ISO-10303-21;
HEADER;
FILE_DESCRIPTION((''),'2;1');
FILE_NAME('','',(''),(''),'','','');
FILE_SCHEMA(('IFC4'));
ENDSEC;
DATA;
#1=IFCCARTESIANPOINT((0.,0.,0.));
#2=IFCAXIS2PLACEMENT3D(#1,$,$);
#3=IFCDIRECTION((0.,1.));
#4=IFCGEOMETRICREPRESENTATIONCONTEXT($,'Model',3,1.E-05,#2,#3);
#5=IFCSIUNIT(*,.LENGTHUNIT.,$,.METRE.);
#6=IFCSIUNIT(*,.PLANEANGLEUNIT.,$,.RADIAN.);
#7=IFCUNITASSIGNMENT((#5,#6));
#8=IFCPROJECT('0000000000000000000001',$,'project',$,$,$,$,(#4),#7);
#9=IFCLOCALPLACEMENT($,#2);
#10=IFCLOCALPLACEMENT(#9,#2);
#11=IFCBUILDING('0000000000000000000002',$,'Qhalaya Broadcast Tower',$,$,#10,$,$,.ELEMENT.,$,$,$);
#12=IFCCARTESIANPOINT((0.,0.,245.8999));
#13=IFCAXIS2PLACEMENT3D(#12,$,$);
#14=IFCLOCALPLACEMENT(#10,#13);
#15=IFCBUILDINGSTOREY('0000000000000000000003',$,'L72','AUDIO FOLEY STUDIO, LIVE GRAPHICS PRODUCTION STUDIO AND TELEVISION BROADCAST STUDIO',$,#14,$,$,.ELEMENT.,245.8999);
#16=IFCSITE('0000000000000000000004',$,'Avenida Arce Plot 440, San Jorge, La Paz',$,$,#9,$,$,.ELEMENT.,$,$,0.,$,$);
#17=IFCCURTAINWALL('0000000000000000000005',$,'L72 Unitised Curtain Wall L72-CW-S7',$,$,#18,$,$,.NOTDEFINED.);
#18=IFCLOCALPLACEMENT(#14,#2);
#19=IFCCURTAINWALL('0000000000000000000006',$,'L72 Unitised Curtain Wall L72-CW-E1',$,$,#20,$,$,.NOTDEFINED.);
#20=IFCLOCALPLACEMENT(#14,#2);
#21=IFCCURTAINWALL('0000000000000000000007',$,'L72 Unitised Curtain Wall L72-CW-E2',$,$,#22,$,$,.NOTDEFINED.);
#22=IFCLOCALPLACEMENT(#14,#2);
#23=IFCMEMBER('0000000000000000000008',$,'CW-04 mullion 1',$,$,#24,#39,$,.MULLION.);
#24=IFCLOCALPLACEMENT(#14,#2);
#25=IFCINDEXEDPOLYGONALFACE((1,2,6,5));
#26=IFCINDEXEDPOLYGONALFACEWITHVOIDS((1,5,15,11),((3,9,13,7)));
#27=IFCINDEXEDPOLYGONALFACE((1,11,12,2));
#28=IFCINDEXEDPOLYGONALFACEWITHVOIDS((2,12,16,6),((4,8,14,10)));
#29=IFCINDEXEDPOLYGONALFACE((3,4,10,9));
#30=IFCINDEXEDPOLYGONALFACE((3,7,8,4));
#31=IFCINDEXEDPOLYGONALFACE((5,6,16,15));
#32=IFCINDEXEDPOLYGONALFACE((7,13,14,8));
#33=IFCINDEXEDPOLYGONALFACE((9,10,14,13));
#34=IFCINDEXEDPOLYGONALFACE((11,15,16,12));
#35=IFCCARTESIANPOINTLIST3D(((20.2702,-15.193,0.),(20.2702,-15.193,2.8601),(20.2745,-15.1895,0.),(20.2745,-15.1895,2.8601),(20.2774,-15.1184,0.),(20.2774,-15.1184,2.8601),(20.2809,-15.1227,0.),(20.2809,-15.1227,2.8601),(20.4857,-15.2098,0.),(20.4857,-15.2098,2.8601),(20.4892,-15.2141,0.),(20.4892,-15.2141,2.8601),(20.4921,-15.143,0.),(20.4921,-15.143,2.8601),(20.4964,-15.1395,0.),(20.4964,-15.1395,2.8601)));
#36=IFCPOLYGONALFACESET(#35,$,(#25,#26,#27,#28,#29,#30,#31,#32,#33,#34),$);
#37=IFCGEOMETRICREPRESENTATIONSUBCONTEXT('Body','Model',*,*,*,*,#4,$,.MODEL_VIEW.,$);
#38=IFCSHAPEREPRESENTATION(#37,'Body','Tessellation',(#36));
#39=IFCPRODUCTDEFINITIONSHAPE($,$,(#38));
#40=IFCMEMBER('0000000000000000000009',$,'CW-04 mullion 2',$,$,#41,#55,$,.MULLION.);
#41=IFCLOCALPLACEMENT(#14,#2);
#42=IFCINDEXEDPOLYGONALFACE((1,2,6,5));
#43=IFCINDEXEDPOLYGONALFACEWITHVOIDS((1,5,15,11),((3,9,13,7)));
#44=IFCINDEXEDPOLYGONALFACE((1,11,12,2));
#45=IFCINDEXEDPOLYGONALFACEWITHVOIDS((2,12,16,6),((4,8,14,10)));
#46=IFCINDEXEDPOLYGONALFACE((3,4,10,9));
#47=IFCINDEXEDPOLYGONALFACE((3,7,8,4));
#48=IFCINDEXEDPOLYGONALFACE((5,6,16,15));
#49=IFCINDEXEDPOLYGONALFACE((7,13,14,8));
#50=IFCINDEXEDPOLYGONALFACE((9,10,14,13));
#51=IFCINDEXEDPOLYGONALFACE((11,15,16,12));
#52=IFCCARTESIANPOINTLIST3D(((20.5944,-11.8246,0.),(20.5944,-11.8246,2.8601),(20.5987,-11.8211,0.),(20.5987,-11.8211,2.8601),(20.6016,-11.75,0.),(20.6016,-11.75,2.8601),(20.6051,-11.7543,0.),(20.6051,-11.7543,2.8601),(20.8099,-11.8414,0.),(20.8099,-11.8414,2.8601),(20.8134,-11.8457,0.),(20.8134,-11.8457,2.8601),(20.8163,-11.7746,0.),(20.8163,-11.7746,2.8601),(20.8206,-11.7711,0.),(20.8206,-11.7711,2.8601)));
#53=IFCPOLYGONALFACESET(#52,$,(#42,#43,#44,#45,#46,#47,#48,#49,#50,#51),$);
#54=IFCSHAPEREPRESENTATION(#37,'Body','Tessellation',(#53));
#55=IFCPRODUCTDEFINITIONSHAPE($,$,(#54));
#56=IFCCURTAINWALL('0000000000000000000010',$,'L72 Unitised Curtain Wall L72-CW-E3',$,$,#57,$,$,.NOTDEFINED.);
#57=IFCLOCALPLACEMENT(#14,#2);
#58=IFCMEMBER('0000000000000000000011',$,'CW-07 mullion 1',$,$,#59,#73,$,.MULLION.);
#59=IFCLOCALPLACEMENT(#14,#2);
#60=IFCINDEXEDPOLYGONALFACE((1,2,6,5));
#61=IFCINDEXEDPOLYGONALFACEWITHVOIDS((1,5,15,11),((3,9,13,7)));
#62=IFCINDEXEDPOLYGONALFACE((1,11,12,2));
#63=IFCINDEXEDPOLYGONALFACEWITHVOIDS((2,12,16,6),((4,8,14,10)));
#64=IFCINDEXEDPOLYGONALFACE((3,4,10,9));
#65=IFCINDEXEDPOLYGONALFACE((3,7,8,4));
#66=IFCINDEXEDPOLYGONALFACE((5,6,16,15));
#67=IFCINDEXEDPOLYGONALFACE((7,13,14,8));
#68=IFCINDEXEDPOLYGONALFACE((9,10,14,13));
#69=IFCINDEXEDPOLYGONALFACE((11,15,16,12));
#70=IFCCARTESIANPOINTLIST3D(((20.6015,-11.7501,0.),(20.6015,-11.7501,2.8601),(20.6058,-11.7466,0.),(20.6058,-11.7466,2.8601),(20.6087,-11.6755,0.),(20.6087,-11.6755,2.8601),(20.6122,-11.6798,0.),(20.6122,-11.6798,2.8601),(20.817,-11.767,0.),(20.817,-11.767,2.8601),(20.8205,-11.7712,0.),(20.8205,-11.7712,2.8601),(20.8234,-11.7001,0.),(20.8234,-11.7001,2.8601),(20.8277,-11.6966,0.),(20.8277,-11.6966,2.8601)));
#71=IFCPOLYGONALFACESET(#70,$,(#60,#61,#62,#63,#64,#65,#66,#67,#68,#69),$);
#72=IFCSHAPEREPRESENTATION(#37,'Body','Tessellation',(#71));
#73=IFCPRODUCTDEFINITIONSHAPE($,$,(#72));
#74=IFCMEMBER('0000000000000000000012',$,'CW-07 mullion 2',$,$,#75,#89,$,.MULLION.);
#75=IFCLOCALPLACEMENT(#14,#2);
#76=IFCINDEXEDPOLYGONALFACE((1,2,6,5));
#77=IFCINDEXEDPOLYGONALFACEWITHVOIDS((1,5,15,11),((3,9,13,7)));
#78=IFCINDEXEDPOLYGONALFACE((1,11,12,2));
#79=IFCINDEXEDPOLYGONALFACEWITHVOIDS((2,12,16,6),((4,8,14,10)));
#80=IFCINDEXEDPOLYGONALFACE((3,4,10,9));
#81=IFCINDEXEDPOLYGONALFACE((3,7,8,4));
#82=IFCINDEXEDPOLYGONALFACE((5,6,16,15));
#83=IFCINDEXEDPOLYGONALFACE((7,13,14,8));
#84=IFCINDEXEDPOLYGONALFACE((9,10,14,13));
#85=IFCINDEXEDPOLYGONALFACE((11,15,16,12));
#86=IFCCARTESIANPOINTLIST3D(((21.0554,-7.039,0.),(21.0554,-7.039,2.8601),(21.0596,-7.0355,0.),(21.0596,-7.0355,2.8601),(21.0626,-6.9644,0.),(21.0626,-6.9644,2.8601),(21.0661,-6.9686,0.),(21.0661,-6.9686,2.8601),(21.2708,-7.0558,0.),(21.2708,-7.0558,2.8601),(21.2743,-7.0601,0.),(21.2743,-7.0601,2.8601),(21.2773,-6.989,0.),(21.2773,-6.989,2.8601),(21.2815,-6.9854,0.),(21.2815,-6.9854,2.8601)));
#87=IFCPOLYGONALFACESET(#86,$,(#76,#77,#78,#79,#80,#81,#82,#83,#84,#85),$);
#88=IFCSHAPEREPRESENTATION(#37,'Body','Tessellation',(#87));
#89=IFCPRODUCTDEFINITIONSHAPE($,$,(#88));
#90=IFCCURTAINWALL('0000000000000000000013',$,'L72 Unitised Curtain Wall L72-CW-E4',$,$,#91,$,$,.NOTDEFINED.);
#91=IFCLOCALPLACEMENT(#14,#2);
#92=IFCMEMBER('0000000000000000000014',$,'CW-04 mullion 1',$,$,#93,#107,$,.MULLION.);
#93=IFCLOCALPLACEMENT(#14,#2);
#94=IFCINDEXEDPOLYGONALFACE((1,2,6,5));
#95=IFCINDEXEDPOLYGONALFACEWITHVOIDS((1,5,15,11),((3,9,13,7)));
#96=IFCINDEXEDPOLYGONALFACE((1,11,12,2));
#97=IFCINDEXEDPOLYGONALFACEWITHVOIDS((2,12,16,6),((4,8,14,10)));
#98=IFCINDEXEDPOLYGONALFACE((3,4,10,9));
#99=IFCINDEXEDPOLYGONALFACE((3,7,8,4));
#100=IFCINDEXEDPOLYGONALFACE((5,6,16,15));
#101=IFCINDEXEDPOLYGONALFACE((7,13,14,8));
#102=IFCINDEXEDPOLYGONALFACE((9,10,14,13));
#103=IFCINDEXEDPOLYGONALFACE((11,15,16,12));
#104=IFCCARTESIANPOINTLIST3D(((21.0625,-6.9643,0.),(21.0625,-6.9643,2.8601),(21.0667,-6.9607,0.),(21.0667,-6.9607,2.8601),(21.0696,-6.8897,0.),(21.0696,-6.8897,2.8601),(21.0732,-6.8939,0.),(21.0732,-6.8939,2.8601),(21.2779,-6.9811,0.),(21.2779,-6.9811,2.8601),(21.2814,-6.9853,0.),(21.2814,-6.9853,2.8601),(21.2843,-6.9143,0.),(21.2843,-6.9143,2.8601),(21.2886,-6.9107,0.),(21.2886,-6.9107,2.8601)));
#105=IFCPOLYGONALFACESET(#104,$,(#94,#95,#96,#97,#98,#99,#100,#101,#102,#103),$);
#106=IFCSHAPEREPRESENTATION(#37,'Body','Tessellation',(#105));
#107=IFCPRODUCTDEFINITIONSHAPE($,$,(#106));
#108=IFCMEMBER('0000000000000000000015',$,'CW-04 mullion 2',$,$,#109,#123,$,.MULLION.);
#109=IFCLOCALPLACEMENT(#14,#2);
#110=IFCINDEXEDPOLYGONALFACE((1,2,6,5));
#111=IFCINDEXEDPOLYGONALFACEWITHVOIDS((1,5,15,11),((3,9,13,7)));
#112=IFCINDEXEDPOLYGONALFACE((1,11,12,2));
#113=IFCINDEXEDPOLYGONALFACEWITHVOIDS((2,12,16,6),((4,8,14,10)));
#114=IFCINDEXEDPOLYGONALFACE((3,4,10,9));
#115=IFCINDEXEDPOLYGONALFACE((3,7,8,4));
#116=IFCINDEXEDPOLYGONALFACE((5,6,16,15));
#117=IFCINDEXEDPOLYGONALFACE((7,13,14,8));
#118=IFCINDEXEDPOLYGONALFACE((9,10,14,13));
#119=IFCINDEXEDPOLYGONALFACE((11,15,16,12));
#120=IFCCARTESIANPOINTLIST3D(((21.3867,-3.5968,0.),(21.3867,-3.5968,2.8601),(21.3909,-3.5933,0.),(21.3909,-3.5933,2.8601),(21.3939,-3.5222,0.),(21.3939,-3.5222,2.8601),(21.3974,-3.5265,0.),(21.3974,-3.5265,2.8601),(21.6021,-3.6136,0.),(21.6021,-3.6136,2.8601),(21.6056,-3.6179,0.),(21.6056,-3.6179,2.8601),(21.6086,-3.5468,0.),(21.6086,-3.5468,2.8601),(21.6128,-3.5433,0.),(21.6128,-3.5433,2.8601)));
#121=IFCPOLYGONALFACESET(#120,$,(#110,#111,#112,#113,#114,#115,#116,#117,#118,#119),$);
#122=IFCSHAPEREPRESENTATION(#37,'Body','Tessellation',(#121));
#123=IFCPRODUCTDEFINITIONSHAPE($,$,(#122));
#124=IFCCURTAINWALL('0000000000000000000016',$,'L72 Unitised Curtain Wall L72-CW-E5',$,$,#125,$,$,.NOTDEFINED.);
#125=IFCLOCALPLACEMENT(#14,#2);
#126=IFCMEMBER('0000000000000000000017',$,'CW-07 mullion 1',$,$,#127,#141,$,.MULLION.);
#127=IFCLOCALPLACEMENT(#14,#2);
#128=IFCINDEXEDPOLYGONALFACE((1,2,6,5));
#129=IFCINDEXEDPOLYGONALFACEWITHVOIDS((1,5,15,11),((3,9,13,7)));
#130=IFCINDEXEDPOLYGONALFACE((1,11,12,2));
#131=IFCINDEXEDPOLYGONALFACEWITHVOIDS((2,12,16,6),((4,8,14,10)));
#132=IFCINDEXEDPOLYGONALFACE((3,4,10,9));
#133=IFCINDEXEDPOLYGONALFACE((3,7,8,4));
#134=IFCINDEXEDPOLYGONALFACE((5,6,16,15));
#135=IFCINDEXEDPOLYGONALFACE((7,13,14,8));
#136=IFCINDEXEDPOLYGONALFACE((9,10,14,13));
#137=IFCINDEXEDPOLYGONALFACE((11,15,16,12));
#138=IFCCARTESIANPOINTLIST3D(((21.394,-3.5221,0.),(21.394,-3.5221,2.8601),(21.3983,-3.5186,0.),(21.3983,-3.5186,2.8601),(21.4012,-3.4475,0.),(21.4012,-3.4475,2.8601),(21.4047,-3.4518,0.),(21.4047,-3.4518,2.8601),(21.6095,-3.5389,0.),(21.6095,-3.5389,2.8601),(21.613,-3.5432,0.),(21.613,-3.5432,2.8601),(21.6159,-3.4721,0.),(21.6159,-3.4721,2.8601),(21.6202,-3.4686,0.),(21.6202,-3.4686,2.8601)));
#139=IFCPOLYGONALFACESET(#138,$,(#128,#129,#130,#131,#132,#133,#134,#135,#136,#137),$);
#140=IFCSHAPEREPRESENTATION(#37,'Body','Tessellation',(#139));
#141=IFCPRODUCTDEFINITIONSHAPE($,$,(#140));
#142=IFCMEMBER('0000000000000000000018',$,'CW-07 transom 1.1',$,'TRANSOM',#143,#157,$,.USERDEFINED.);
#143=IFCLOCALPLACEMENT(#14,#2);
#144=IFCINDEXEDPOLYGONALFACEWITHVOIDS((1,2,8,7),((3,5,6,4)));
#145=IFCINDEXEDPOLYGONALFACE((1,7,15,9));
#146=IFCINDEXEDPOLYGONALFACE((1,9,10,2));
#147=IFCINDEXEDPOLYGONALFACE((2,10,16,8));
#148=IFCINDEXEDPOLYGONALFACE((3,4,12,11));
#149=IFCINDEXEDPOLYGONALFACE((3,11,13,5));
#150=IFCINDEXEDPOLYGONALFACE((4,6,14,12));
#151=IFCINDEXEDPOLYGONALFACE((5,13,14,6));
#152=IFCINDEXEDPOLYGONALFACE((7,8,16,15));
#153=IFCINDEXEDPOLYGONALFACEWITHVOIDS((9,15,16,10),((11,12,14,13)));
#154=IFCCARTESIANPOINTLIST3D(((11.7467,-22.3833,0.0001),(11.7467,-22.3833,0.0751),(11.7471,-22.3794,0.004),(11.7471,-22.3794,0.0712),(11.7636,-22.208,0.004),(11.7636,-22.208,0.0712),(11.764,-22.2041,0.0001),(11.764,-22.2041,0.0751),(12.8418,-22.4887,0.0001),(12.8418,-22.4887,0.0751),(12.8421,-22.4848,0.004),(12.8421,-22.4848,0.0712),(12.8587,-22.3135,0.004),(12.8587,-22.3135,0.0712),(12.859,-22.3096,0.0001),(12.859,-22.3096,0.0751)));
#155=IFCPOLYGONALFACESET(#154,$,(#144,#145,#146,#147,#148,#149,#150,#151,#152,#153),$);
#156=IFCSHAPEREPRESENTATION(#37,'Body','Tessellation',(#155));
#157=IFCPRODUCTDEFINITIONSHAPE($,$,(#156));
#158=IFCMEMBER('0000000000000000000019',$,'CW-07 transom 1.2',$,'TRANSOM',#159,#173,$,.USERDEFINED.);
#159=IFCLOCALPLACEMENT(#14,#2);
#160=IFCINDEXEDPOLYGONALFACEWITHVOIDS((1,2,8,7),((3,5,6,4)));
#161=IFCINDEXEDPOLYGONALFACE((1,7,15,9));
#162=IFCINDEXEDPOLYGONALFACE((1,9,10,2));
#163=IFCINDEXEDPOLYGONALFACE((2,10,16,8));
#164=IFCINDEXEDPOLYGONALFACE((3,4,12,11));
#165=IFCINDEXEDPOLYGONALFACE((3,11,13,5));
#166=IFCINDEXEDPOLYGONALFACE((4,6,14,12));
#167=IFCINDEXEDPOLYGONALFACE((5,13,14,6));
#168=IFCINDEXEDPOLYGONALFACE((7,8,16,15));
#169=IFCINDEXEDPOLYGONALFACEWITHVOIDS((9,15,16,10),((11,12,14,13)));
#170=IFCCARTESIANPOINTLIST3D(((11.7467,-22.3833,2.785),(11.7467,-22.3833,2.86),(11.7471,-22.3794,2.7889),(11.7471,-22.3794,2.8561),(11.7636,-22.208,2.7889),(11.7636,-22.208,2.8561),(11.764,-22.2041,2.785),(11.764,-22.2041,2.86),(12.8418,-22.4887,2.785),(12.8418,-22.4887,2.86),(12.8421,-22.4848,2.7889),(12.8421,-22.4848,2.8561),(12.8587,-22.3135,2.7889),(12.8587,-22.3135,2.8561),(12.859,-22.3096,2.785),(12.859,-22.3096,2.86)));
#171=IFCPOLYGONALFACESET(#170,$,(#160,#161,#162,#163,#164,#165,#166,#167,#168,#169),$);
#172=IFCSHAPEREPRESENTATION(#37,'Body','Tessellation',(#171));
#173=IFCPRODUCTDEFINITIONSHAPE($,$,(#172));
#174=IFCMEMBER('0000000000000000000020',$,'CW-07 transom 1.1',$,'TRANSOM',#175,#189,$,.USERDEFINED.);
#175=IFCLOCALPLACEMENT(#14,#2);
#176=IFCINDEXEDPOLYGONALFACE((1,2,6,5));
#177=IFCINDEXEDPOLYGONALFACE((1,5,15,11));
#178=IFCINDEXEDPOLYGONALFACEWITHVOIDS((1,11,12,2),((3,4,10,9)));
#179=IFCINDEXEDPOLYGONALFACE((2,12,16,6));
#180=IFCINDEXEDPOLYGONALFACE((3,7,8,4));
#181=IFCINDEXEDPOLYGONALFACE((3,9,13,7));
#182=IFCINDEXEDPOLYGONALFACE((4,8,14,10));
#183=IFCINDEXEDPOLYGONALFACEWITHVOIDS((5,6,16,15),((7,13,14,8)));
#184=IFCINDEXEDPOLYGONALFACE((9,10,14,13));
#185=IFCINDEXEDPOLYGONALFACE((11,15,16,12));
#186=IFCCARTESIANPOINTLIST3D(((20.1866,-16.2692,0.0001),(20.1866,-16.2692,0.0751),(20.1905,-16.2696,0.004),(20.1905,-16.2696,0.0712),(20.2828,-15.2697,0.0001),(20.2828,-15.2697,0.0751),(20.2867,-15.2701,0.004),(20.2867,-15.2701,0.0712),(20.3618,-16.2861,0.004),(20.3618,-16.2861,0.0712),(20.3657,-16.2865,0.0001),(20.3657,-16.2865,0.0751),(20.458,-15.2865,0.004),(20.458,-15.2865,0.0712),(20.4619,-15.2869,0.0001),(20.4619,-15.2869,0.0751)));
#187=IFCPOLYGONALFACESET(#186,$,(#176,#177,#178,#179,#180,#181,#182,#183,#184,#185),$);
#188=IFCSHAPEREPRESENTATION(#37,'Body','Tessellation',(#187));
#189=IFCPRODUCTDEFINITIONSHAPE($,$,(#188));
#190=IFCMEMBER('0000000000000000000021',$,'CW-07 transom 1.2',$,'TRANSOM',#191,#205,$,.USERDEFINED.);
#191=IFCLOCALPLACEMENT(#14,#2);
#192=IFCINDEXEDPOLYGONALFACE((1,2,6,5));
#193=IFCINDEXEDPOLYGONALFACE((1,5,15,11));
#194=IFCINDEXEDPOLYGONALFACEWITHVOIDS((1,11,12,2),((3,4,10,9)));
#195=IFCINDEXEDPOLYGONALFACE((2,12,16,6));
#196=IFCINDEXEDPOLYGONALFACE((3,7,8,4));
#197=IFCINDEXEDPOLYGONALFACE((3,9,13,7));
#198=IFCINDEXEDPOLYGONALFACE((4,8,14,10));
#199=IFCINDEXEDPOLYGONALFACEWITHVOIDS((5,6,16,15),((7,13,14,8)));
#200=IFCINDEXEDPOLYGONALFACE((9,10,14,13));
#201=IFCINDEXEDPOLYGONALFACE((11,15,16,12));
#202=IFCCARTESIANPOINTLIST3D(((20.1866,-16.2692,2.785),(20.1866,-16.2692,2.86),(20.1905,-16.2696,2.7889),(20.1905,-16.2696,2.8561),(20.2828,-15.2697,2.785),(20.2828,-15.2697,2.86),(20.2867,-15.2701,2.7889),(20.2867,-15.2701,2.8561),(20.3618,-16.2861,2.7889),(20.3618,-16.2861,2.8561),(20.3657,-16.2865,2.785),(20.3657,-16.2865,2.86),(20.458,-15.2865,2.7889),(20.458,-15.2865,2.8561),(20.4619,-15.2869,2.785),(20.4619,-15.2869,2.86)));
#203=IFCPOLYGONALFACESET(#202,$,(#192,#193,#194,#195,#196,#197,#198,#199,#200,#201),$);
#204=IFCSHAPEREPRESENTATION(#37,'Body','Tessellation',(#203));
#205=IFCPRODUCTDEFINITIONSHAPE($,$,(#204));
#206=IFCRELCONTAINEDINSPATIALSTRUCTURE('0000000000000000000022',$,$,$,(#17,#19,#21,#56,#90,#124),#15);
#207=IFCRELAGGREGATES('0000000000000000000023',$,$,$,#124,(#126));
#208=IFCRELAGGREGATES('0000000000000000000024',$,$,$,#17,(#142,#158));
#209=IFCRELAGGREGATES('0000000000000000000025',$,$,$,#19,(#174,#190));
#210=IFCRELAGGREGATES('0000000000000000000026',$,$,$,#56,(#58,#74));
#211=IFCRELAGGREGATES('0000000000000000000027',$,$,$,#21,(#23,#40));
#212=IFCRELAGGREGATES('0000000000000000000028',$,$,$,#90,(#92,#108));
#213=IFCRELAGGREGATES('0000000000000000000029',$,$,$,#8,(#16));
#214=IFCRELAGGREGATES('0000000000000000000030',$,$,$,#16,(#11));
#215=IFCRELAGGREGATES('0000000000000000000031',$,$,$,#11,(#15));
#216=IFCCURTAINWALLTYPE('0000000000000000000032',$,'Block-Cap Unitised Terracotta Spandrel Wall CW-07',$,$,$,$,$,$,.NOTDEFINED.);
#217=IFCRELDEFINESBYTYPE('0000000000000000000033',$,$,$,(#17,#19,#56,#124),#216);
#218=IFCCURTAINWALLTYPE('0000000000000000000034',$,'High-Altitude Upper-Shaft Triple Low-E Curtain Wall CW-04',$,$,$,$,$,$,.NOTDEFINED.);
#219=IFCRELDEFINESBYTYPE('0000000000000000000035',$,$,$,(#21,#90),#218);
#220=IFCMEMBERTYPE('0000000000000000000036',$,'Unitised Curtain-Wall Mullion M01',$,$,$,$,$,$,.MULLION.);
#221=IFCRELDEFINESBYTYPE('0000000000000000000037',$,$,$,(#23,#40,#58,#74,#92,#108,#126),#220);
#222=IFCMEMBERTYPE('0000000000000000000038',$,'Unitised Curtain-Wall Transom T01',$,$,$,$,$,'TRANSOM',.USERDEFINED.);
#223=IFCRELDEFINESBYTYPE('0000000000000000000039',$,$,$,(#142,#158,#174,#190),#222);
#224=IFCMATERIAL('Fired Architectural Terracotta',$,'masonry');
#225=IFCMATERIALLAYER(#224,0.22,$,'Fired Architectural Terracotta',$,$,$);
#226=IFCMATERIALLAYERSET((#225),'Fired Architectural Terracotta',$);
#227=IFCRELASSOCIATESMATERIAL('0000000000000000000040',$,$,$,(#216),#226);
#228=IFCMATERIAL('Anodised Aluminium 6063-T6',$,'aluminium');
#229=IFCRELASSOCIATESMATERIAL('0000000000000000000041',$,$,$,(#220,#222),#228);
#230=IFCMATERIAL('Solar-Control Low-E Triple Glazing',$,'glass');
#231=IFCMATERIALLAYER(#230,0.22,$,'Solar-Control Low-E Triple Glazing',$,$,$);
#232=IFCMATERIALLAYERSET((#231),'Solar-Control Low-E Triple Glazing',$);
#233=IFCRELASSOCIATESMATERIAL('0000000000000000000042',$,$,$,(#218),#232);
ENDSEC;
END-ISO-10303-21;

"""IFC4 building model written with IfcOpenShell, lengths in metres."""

from ifc_helpers import new_model, si_unit, direction, frame, origin, origin_2d, place, context, subcontext, project, spatial, hollow_rectangle, extrude, material, layer, layer_set, material_profile, profile_set, type_object, element, aggregate, save


model = new_model("IFC4")

# Units and contexts
model_context = context("Model", 3, precision=1e-05, world=origin(), true_north=direction((0.0, 1.0)))
body_context = subcontext(model_context, "Body", "Model", "MODEL_VIEW")
ifc_project = project(units=[si_unit("LENGTHUNIT", "METRE"), si_unit("PLANEANGLEUNIT", "RADIAN")], contexts=[model_context])

# Site, building, storey
site_placement = place(None, origin())
site = spatial("IfcSite", under=ifc_project, at=site_placement, Name="Avenida Arce Plot 440, San Jorge, La Paz", CompositionType="ELEMENT", RefElevation=0.0)
building_placement = place(site_placement, origin())
building = spatial("IfcBuilding", under=site, at=building_placement, Name="Qhalaya Broadcast Tower", CompositionType="ELEMENT")
storey_placement = place(building_placement, frame((0.0, 0.0, 245.8999)))
storey = spatial("IfcBuildingStorey", under=building, at=storey_placement, Name="L72", Description="AUDIO FOLEY STUDIO, LIVE GRAPHICS PRODUCTION STUDIO AND TELEVISION BROADCAST STUDIO", CompositionType="ELEMENT", Elevation=245.8999)

# Curtain walls, members
ifc_material_1 = material(Name="Fired Architectural Terracotta", Category="masonry")
ifc_layer_1 = layer(ifc_material_1, 0.22, Name="Fired Architectural Terracotta")
ifc_layer_set_1 = layer_set([ifc_layer_1], Name="Fired Architectural Terracotta")
curtain_wall_type_1 = type_object("IfcCurtainWallType", Name="Block-Cap Unitised Terracotta Spandrel Wall CW-07", PredefinedType="NOTDEFINED", material=ifc_layer_set_1)
curtain_wall_1_placement = place(storey_placement, origin())
curtain_wall_1 = element("IfcCurtainWall", 1, at=curtain_wall_1_placement, inside=storey, type_object=curtain_wall_type_1, Name="L72 Unitised Curtain Wall L72-CW-S7", PredefinedType="NOTDEFINED")
ifc_material_2 = material(Name="Anodised Aluminium 6063-T6", Category="aluminium")
ifc_material_profile_1 = material_profile(ifc_material_2, hollow_rectangle(XDim=0.075, YDim=0.22, WallThickness=0.0039, at=origin_2d()), Name="ALU-MUL 75x220x4")
ifc_profile_set_1 = profile_set([ifc_material_profile_1], Name="Anodised Aluminium 6063-T6")
member_type_1 = type_object("IfcMemberType", Name="Unitised Curtain-Wall Mullion M01", PredefinedType="MULLION", material=ifc_profile_set_1)
curtain_wall_2_placement = place(storey_placement, origin())
curtain_wall_2 = element("IfcCurtainWall", 2, at=curtain_wall_2_placement, inside=storey, type_object=curtain_wall_type_1, Name="L72 Unitised Curtain Wall L72-CW-E1", PredefinedType="NOTDEFINED")
ifc_material_3 = material(Name="Solar-Control Low-E Triple Glazing", Category="glass")
ifc_layer_2 = layer(ifc_material_3, 0.22, Name="Solar-Control Low-E Triple Glazing")
ifc_layer_set_2 = layer_set([ifc_layer_2], Name="Solar-Control Low-E Triple Glazing")
curtain_wall_type_2 = type_object("IfcCurtainWallType", Name="High-Altitude Upper-Shaft Triple Low-E Curtain Wall CW-04", PredefinedType="NOTDEFINED", material=ifc_layer_set_2)
curtain_wall_3_placement = place(storey_placement, origin())
curtain_wall_3 = element("IfcCurtainWall", 3, at=curtain_wall_3_placement, inside=storey, type_object=curtain_wall_type_2, Name="L72 Unitised Curtain Wall L72-CW-E2", PredefinedType="NOTDEFINED")
member_1_placement = place(storey_placement, frame((20.3833, -15.1663, 0.0), z_axis=(0.0, 0.0, 1.0), x_axis=(0.095836, 0.995397, 0.0)))
member_1 = element("IfcMember", 4, at=member_1_placement, type_object=member_type_1, Name="CW-04 mullion 1", PredefinedType="MULLION", context=body_context, shape_type="SweptSolid", body=[
    extrude(hollow_rectangle(XDim=0.075, YDim=0.22, WallThickness=0.0039, at=origin_2d()), origin(), (0.0, 0.0, 1.0), 2.8601),
])
member_2_placement = place(storey_placement, frame((20.7075, -11.7979, 0.0), z_axis=(0.0, 0.0, 1.0), x_axis=(0.095836, 0.995397, 0.0)))
member_2 = element("IfcMember", 5, at=member_2_placement, type_object=member_type_1, Name="CW-04 mullion 2", PredefinedType="MULLION", context=body_context, shape_type="SweptSolid", body=[
    extrude(hollow_rectangle(XDim=0.075, YDim=0.22, WallThickness=0.0039, at=origin_2d()), origin(), (0.0, 0.0, 1.0), 2.8601),
])
curtain_wall_4_placement = place(storey_placement, origin())
curtain_wall_4 = element("IfcCurtainWall", 6, at=curtain_wall_4_placement, inside=storey, type_object=curtain_wall_type_1, Name="L72 Unitised Curtain Wall L72-CW-E3", PredefinedType="NOTDEFINED")
member_3_placement = place(storey_placement, frame((20.7146, -11.7234, 0.0), z_axis=(0.0, 0.0, 1.0), x_axis=(0.095862, 0.995395, 0.0)))
member_3 = element("IfcMember", 7, at=member_3_placement, type_object=member_type_1, Name="CW-07 mullion 1", PredefinedType="MULLION", context=body_context, shape_type="SweptSolid", body=[
    extrude(hollow_rectangle(XDim=0.075, YDim=0.22, WallThickness=0.0039, at=origin_2d()), origin(), (0.0, 0.0, 1.0), 2.8601),
])
member_4_placement = place(storey_placement, frame((21.1685, -7.0122, 0.0), z_axis=(0.0, 0.0, 1.0), x_axis=(0.095862, 0.995395, 0.0)))
member_4 = element("IfcMember", 8, at=member_4_placement, type_object=member_type_1, Name="CW-07 mullion 2", PredefinedType="MULLION", context=body_context, shape_type="SweptSolid", body=[
    extrude(hollow_rectangle(XDim=0.075, YDim=0.22, WallThickness=0.0039, at=origin_2d()), origin(), (0.0, 0.0, 1.0), 2.8601),
])
curtain_wall_5_placement = place(storey_placement, origin())
curtain_wall_5 = element("IfcCurtainWall", 9, at=curtain_wall_5_placement, inside=storey, type_object=curtain_wall_type_2, Name="L72 Unitised Curtain Wall L72-CW-E4", PredefinedType="NOTDEFINED")
member_5_placement = place(storey_placement, frame((21.1755, -6.9375, 0.0), z_axis=(0.0, 0.0, 1.0), x_axis=(0.095835, 0.995397, 0.0)))
member_5 = element("IfcMember", 10, at=member_5_placement, type_object=member_type_1, Name="CW-04 mullion 1", PredefinedType="MULLION", context=body_context, shape_type="SweptSolid", body=[
    extrude(hollow_rectangle(XDim=0.075, YDim=0.22, WallThickness=0.0039, at=origin_2d()), origin(), (0.0, 0.0, 1.0), 2.8601),
])
member_6_placement = place(storey_placement, frame((21.4998, -3.5701, 0.0), z_axis=(0.0, 0.0, 1.0), x_axis=(0.095835, 0.995397, 0.0)))
member_6 = element("IfcMember", 11, at=member_6_placement, type_object=member_type_1, Name="CW-04 mullion 2", PredefinedType="MULLION", context=body_context, shape_type="SweptSolid", body=[
    extrude(hollow_rectangle(XDim=0.075, YDim=0.22, WallThickness=0.0039, at=origin_2d()), origin(), (0.0, 0.0, 1.0), 2.8601),
])

# Curtain wall, member
curtain_wall_6_placement = place(storey_placement, origin())
curtain_wall_6 = element("IfcCurtainWall", 12, at=curtain_wall_6_placement, inside=storey, type_object=curtain_wall_type_1, Name="L72 Unitised Curtain Wall L72-CW-E5", PredefinedType="NOTDEFINED")
member_7_placement = place(storey_placement, frame((21.5071, -3.4954, 0.0), z_axis=(0.0, 0.0, 1.0), x_axis=(0.09586, 0.995395, 0.0)))
member_7 = element("IfcMember", 13, at=member_7_placement, type_object=member_type_1, Name="CW-07 mullion 1", PredefinedType="MULLION", context=body_context, shape_type="SweptSolid", body=[
    extrude(hollow_rectangle(XDim=0.075, YDim=0.22, WallThickness=0.0039, at=origin_2d()), origin(), (0.0, 0.0, 1.0), 2.8601),
])

# Members
ifc_material_profile_2 = material_profile(ifc_material_2, hollow_rectangle(XDim=0.075, YDim=0.1799, WallThickness=0.0039, at=origin_2d()), Name="ALU-TRN 75x180x4")
ifc_profile_set_2 = profile_set([ifc_material_profile_2], Name="Anodised Aluminium 6063-T6")
member_type_2 = type_object("IfcMemberType", Name="Unitised Curtain-Wall Transom T01", ElementType="TRANSOM", PredefinedType="USERDEFINED", material=ifc_profile_set_2)
member_8_placement = place(storey_placement, frame((11.7554, -22.2937, 0.0376), z_axis=(0.995393, -0.095877, 0.0), x_axis=(0.0, 0.0, 1.0)))
member_8 = element("IfcMember", 14, at=member_8_placement, type_object=member_type_2, Name="CW-07 transom 1.1", ObjectType="TRANSOM", PredefinedType="USERDEFINED", context=body_context, shape_type="SweptSolid", body=[
    extrude(hollow_rectangle(XDim=0.075, YDim=0.1799, WallThickness=0.0039, at=origin_2d()), origin(), (0.0, 0.0, 1.0), 1.1001),
])
member_9_placement = place(storey_placement, frame((11.7554, -22.2937, 2.8225), z_axis=(0.995393, -0.095877, 0.0), x_axis=(0.0, 0.0, 1.0)))
member_9 = element("IfcMember", 15, at=member_9_placement, type_object=member_type_2, Name="CW-07 transom 1.2", ObjectType="TRANSOM", PredefinedType="USERDEFINED", context=body_context, shape_type="SweptSolid", body=[
    extrude(hollow_rectangle(XDim=0.075, YDim=0.1799, WallThickness=0.0039, at=origin_2d()), origin(), (0.0, 0.0, 1.0), 1.1001),
])
member_10_placement = place(storey_placement, frame((20.2761, -16.2778, 0.0376), z_axis=(0.095796, 0.995401, 0.0), x_axis=(0.0, 0.0, 1.0)))
member_10 = element("IfcMember", 16, at=member_10_placement, type_object=member_type_2, Name="CW-07 transom 1.1", ObjectType="TRANSOM", PredefinedType="USERDEFINED", context=body_context, shape_type="SweptSolid", body=[
    extrude(hollow_rectangle(XDim=0.075, YDim=0.1799, WallThickness=0.0039, at=origin_2d()), origin(), (0.0, 0.0, 1.0), 1.0042),
])
member_11_placement = place(storey_placement, frame((20.2761, -16.2778, 2.8225), z_axis=(0.095796, 0.995401, 0.0), x_axis=(0.0, 0.0, 1.0)))
member_11 = element("IfcMember", 17, at=member_11_placement, type_object=member_type_2, Name="CW-07 transom 1.2", ObjectType="TRANSOM", PredefinedType="USERDEFINED", context=body_context, shape_type="SweptSolid", body=[
    extrude(hollow_rectangle(XDim=0.075, YDim=0.1799, WallThickness=0.0039, at=origin_2d()), origin(), (0.0, 0.0, 1.0), 1.0042),
])
aggregate(curtain_wall_6, [member_7])

aggregate(curtain_wall_1, [member_8, member_9])
aggregate(curtain_wall_2, [member_10, member_11])
aggregate(curtain_wall_4, [member_3, member_4])
aggregate(curtain_wall_3, [member_1, member_2])
aggregate(curtain_wall_5, [member_5, member_6])

save(model, "model.ifc")
